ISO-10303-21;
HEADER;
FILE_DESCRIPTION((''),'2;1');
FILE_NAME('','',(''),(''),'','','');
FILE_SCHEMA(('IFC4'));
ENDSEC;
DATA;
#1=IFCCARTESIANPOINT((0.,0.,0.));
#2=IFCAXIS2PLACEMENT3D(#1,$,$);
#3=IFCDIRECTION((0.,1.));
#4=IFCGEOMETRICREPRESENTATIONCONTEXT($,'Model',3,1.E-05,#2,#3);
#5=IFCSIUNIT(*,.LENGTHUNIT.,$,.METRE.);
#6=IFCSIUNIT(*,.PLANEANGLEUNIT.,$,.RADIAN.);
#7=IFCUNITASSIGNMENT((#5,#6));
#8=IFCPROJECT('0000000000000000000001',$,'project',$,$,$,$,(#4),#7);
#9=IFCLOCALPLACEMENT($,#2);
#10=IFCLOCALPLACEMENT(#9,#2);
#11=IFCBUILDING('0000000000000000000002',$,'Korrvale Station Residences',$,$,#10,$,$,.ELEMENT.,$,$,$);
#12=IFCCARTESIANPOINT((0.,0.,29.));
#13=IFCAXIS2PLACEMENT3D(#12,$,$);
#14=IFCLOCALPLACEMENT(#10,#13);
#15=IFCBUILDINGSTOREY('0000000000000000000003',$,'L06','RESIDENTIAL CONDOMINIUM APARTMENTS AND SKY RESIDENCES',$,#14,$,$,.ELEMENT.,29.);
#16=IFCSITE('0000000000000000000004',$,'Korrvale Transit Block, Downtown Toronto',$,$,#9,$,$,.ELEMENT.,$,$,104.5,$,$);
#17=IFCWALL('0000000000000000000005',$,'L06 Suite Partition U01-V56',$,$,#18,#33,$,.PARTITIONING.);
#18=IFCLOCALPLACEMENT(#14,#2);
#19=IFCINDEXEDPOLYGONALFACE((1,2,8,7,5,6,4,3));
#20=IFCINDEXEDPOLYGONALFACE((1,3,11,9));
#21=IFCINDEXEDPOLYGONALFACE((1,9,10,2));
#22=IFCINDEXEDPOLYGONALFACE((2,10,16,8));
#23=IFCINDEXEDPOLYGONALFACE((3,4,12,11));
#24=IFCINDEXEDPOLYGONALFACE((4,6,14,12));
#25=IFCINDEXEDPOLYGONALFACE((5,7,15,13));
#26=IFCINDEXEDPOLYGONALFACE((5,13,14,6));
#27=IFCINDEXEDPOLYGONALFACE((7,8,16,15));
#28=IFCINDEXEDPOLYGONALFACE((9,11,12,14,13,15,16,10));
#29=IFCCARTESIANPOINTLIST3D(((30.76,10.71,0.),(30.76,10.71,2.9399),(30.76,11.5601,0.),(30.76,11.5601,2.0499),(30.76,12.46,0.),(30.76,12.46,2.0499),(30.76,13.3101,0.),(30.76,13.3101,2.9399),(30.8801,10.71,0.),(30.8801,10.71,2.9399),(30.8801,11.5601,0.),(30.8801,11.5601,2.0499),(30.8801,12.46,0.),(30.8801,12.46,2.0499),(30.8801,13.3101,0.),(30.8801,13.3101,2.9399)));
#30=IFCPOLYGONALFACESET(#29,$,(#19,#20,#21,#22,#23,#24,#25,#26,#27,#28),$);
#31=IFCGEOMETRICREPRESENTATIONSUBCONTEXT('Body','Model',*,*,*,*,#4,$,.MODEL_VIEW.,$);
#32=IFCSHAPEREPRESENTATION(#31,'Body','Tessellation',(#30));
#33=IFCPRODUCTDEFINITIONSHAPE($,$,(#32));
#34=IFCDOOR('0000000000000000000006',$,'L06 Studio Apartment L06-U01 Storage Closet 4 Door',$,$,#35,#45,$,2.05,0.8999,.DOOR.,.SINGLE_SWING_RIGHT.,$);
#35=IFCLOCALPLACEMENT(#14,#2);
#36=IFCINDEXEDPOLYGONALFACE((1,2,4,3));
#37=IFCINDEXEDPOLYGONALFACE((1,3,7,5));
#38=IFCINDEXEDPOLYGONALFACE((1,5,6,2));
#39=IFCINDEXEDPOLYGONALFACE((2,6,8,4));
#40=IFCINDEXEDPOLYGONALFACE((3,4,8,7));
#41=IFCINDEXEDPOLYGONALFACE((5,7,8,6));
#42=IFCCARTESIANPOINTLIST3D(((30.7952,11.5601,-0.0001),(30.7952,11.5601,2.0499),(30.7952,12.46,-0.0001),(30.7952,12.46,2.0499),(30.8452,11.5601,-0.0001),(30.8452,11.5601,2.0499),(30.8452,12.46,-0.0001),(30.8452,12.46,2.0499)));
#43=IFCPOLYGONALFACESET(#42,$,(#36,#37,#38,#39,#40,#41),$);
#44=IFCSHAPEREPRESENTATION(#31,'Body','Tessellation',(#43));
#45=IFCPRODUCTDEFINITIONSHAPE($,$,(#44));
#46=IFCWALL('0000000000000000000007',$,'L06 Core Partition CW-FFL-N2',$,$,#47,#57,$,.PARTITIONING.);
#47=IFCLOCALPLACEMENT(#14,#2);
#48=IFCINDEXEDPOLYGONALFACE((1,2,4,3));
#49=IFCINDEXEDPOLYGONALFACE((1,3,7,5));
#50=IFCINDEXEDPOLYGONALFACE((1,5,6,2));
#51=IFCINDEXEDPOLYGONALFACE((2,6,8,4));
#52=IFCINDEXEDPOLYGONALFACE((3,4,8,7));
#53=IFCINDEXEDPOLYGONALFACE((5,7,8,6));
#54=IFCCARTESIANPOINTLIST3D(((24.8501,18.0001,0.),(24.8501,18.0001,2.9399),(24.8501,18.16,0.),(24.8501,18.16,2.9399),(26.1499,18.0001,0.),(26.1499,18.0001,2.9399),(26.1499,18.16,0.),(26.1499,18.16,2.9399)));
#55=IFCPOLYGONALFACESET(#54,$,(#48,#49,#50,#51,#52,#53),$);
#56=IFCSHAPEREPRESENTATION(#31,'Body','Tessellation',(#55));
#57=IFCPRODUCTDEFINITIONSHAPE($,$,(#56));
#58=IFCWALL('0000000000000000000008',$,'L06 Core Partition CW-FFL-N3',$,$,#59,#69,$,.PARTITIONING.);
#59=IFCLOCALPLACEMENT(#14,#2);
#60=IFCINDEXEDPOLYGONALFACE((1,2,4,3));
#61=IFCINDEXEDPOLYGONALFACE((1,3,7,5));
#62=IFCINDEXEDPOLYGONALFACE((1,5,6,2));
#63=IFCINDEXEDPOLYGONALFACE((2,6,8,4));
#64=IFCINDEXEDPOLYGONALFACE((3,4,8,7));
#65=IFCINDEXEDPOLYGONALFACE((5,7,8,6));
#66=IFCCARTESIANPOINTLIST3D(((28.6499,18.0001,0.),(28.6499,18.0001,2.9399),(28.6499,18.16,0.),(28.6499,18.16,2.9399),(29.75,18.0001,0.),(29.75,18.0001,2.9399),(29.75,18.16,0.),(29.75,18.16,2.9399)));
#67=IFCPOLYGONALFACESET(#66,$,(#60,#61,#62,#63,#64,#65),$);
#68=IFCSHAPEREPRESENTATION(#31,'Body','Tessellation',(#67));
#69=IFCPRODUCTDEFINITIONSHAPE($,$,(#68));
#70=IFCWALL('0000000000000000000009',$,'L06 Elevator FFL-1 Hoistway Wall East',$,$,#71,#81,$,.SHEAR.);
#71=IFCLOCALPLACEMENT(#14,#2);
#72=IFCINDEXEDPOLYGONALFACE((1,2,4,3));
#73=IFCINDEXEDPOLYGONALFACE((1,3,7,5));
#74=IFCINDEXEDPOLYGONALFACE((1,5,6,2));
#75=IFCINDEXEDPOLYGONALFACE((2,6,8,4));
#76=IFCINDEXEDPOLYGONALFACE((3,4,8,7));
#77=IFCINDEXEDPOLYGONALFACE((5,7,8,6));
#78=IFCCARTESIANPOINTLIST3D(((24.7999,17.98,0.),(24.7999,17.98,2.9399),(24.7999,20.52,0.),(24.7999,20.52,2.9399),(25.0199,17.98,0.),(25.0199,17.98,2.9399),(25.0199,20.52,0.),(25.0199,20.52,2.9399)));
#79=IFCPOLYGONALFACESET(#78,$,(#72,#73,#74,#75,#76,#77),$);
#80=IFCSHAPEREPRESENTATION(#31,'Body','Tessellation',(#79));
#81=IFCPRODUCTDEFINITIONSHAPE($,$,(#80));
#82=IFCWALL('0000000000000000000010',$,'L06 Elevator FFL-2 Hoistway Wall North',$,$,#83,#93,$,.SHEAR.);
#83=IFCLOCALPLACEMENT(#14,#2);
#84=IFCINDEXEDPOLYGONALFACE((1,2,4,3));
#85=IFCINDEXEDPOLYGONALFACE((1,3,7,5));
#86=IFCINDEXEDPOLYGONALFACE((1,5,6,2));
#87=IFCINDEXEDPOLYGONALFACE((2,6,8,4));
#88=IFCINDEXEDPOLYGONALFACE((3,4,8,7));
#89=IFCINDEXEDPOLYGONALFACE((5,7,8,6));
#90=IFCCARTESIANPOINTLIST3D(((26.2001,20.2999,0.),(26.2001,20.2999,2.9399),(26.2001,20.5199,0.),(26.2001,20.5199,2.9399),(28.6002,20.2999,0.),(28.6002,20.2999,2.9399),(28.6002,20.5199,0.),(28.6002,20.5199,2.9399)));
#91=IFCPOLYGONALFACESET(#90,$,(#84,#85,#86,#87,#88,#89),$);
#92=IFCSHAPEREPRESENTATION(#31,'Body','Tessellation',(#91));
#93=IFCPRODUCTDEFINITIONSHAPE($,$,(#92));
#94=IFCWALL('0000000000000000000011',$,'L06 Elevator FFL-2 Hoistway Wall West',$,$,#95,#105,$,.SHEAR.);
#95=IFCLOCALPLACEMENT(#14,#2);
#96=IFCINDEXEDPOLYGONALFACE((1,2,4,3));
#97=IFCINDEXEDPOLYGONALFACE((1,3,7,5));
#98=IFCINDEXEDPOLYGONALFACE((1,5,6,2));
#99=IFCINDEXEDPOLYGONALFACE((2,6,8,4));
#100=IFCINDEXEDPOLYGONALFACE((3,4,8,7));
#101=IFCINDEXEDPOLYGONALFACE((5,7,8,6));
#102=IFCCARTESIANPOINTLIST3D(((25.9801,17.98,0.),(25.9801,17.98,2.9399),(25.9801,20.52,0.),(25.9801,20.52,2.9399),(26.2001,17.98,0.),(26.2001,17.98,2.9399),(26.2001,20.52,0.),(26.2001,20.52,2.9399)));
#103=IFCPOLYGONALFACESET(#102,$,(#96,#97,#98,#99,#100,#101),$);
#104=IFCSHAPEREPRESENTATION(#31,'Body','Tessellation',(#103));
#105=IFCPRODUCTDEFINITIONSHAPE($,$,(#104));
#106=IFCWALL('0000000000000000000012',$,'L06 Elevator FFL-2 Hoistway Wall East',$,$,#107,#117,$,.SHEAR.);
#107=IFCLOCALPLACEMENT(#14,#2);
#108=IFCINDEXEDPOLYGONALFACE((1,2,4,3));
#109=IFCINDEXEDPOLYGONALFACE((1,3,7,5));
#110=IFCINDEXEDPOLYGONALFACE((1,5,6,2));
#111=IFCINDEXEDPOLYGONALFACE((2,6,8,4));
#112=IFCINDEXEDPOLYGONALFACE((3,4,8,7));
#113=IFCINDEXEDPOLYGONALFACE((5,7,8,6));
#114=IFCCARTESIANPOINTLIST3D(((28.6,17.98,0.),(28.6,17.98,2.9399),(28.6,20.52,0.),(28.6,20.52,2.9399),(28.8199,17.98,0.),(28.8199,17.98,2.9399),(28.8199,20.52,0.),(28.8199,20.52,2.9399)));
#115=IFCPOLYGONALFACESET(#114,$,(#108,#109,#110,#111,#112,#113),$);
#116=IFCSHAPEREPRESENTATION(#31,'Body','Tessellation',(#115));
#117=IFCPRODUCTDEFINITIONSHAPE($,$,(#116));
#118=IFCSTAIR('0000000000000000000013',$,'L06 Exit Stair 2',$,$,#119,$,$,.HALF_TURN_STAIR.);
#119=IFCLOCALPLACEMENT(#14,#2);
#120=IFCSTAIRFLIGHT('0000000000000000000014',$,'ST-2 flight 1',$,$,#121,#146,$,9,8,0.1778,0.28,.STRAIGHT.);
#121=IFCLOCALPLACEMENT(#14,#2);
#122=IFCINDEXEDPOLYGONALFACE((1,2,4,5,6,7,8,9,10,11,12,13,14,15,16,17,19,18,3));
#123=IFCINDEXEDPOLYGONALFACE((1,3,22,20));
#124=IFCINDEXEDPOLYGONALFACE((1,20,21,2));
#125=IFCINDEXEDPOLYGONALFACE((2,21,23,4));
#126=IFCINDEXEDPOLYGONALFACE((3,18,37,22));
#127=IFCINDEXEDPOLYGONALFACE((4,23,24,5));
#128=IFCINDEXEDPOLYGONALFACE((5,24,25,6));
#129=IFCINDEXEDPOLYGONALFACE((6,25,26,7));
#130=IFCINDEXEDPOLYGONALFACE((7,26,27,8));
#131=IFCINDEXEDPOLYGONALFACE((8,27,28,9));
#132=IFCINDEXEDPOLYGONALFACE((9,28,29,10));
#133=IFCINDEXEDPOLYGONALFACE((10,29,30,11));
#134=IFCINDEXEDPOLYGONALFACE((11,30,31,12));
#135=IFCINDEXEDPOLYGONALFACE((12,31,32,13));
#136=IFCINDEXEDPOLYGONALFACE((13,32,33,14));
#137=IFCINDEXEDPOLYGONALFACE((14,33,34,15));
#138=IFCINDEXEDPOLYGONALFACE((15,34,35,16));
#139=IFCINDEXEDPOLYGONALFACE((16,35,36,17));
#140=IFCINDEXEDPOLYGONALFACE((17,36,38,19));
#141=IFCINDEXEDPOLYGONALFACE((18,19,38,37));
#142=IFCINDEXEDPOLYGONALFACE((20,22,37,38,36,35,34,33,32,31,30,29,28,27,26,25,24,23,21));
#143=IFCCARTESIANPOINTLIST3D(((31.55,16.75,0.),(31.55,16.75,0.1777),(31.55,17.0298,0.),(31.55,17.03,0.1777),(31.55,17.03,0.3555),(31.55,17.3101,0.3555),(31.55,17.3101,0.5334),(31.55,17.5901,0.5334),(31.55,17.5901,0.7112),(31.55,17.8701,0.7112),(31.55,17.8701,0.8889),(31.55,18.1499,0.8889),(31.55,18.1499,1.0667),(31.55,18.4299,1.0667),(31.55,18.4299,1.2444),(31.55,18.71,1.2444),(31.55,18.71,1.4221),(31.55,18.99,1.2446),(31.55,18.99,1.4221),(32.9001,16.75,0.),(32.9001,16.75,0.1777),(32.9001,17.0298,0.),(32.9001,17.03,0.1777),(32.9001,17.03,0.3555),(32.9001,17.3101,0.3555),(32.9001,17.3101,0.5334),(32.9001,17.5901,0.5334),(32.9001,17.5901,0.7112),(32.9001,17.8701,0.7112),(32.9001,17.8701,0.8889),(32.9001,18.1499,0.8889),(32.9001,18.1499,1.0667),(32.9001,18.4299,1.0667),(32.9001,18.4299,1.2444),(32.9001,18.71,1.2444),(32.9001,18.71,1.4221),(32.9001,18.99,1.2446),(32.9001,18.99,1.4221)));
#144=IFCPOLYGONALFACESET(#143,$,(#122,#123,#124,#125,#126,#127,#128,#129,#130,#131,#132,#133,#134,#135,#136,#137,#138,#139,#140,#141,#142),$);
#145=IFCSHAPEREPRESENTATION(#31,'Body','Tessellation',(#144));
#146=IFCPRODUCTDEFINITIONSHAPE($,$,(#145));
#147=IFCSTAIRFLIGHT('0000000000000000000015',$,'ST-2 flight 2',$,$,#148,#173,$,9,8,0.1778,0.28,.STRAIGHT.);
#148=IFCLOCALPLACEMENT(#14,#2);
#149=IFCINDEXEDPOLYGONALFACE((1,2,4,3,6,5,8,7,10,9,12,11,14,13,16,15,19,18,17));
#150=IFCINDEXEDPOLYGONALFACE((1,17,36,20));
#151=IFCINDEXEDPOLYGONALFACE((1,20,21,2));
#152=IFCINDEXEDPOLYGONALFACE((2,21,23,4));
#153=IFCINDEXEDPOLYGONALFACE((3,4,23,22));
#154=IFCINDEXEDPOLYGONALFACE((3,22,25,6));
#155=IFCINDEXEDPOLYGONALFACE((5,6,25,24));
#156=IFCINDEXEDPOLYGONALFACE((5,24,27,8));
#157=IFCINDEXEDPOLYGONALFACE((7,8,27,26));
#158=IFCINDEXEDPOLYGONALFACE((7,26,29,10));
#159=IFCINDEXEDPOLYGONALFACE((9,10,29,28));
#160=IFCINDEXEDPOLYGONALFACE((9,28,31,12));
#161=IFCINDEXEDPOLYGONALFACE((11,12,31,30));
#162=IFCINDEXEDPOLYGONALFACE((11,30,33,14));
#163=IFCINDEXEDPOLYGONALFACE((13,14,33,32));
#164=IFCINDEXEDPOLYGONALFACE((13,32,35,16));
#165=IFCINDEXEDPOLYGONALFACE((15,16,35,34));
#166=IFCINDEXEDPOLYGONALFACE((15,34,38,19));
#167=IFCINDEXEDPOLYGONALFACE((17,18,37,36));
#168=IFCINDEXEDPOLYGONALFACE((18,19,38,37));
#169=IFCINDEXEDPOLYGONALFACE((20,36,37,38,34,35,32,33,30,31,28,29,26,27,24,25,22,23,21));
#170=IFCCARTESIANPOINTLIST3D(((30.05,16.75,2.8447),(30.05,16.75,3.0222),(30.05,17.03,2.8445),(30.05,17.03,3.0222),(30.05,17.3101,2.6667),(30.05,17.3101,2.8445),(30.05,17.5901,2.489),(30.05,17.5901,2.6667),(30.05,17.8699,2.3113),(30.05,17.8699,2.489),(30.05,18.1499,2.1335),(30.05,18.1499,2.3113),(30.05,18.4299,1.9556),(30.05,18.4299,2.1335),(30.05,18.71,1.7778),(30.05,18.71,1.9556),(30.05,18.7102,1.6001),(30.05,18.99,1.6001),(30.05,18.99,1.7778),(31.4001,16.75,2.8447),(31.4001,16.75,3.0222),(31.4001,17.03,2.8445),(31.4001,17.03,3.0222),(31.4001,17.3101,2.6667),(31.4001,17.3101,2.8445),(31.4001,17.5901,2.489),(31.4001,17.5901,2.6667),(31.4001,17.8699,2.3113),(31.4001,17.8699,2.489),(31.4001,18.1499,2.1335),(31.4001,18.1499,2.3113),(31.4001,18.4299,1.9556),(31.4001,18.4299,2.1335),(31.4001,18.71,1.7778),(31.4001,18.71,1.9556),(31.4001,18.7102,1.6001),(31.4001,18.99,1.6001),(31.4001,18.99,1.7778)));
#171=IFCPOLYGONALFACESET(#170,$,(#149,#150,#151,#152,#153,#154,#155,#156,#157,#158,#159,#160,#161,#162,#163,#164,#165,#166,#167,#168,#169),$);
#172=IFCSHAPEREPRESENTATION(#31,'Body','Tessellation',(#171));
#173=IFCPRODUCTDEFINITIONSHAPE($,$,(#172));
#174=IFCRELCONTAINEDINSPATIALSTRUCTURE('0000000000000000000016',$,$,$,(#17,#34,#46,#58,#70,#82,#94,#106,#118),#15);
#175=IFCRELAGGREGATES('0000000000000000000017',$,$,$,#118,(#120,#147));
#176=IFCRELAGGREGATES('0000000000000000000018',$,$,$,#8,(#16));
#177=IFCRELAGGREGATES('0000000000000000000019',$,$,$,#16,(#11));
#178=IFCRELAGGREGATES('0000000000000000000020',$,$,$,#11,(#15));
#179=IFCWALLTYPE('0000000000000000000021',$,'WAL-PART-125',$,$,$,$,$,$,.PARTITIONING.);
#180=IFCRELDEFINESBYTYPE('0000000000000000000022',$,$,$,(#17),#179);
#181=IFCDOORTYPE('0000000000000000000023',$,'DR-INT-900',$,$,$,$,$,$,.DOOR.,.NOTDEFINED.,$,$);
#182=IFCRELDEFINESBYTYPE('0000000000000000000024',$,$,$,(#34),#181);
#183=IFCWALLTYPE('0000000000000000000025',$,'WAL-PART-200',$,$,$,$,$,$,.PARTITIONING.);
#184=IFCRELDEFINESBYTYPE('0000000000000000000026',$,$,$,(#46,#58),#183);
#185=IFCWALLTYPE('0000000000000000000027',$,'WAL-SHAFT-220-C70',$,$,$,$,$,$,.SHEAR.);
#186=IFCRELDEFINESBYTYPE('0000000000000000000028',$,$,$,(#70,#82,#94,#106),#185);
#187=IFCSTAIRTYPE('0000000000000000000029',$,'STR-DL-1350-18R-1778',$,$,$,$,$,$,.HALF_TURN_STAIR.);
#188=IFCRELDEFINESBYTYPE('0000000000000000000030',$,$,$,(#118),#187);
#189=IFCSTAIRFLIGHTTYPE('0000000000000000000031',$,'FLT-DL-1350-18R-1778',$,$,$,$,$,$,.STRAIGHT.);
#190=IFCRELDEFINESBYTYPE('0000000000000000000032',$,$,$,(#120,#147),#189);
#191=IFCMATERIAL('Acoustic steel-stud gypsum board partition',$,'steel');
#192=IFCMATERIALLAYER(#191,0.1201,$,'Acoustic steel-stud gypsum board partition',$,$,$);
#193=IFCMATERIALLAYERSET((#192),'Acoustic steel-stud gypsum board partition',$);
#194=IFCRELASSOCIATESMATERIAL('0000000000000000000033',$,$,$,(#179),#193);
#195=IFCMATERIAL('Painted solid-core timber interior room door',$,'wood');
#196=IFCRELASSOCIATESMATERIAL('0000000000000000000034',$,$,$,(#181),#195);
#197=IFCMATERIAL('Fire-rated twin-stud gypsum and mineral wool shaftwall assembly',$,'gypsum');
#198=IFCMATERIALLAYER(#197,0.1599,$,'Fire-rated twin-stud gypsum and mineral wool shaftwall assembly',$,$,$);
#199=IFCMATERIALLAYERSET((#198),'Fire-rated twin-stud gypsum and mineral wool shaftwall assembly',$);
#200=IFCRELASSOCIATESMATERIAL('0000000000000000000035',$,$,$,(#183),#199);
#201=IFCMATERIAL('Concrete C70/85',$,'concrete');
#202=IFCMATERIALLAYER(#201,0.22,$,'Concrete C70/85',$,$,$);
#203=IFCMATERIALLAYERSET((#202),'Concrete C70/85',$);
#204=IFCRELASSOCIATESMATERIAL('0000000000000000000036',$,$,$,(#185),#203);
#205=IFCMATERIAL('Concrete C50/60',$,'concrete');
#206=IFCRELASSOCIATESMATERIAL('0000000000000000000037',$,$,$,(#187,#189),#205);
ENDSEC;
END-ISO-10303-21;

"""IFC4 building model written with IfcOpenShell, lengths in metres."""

from ifc_helpers import new_model, si_unit, direction, frame, frame_2d, origin, place, context, subcontext, project, spatial, polyline, rectangle, outline, extrude, material, layer, layer_set, type_object, element, fill, aggregate, save


model = new_model("IFC4")

# Units and contexts
model_context = context("Model", 3, precision=1e-05, world=origin(), true_north=direction((0.0, 1.0)))
body_context = subcontext(model_context, "Body", "Model", "MODEL_VIEW")
ifc_project = project(units=[si_unit("LENGTHUNIT", "METRE"), si_unit("PLANEANGLEUNIT", "RADIAN")], contexts=[model_context])

# Site, building, storey
site_placement = place(None, origin())
site = spatial("IfcSite", under=ifc_project, at=site_placement, Name="Korrvale Transit Block, Downtown Toronto", CompositionType="ELEMENT", RefElevation=104.5)
building_placement = place(site_placement, origin())
building = spatial("IfcBuilding", under=site, at=building_placement, Name="Korrvale Station Residences", CompositionType="ELEMENT")
storey_placement = place(building_placement, frame((0.0, 0.0, 29.0)))
storey = spatial("IfcBuildingStorey", under=building, at=storey_placement, Name="L06", Description="RESIDENTIAL CONDOMINIUM APARTMENTS AND SKY RESIDENCES", CompositionType="ELEMENT", Elevation=29.0)

# Shared definitions
ifc_material_1 = material(Name="Concrete C70/85", Category="concrete")

# Wall, opening, door
ifc_material_2 = material(Name="Acoustic steel-stud gypsum board partition", Category="steel")
ifc_layer_1 = layer(ifc_material_2, 0.1201, Name="Acoustic steel-stud gypsum board partition")
ifc_layer_set_1 = layer_set([ifc_layer_1], Name="Acoustic steel-stud gypsum board partition")
wall_type_1 = type_object("IfcWallType", Name="WAL-PART-125", PredefinedType="PARTITIONING", material=ifc_layer_set_1)
ifc_material_3 = material(Name="Painted solid-core timber interior room door", Category="wood")
door_type_1 = type_object("IfcDoorType", Name="DR-INT-900", OperationType="NOTDEFINED", PredefinedType="DOOR", material=ifc_material_3)
wall_1_placement = place(storey_placement, frame((30.8201, 10.71, 0.0), z_axis=(0.0, 0.0, 1.0), x_axis=(0.0, 1.0, 0.0)))
wall_1 = element("IfcWall", 1, at=wall_1_placement, inside=storey, type_object=wall_type_1, Name="L06 Suite Partition U01-V56", PredefinedType="PARTITIONING", context=body_context, shape_type="SweptSolid", body=[
    extrude(rectangle(XDim=2.6001, YDim=0.1201, at=frame_2d((1.3, 0.0))), origin(), (0.0, 0.0, 1.0), 2.9399),
])
opening_1_placement = place(wall_1_placement, frame((0.8501, 0.0, 0.0)))
opening_1 = element("IfcOpeningElement", 2, at=opening_1_placement, cuts=wall_1, PredefinedType="OPENING", context=body_context, shape_type="SweptSolid", body=[
    extrude(rectangle(XDim=0.8999, YDim=2.05, at=frame_2d((0.45, 1.0249))), frame((0.0, 0.0701, 0.0), z_axis=(0.0, -1.0, 0.0), x_axis=(1.0, 0.0, 0.0)), (0.0, 0.0, 1.0), 0.1401),
])
door_1_placement = place(opening_1_placement, origin())
door_1 = element("IfcDoor", 3, at=door_1_placement, inside=storey, type_object=door_type_1, Name="L06 Studio Apartment L06-U01 Storage Closet 4 Door", OperationType="SINGLE_SWING_RIGHT", OverallHeight=2.05, OverallWidth=0.8999, PredefinedType="DOOR", context=body_context, shape_type="SweptSolid", body=[
    extrude(rectangle(XDim=0.8999, YDim=2.05, at=frame_2d((0.45, 1.0249))), frame((0.0, 0.0249, 0.0), z_axis=(0.0, -1.0, 0.0), x_axis=(1.0, 0.0, 0.0)), (0.0, 0.0, 1.0), 0.05),
])
fill(opening_1, door_1)

# Walls
ifc_material_4 = material(Name="Fire-rated twin-stud gypsum and mineral wool shaftwall assembly", Category="gypsum")
ifc_layer_2 = layer(ifc_material_4, 0.1599, Name="Fire-rated twin-stud gypsum and mineral wool shaftwall assembly")
ifc_layer_set_2 = layer_set([ifc_layer_2], Name="Fire-rated twin-stud gypsum and mineral wool shaftwall assembly")
wall_type_2 = type_object("IfcWallType", Name="WAL-PART-200", PredefinedType="PARTITIONING", material=ifc_layer_set_2)
wall_2_placement = place(storey_placement, frame((24.8501, 18.0801, 0.0), z_axis=(0.0, 0.0, 1.0), x_axis=(1.0, 0.0, 0.0)))
element("IfcWall", 4, at=wall_2_placement, inside=storey, type_object=wall_type_2, Name="L06 Core Partition CW-FFL-N2", PredefinedType="PARTITIONING", context=body_context, shape_type="SweptSolid", body=[
    extrude(rectangle(XDim=1.2998, YDim=0.1599, at=frame_2d((0.6499, 0.0))), origin(), (0.0, 0.0, 1.0), 2.9399),
])
wall_3_placement = place(storey_placement, frame((28.6499, 18.0801, 0.0), z_axis=(0.0, 0.0, 1.0), x_axis=(1.0, 0.0, 0.0)))
element("IfcWall", 5, at=wall_3_placement, inside=storey, type_object=wall_type_2, Name="L06 Core Partition CW-FFL-N3", PredefinedType="PARTITIONING", context=body_context, shape_type="SweptSolid", body=[
    extrude(rectangle(XDim=1.1001, YDim=0.1599, at=frame_2d((0.55, 0.0))), origin(), (0.0, 0.0, 1.0), 2.9399),
])
ifc_layer_3 = layer(ifc_material_1, 0.22, Name="Concrete C70/85")
ifc_layer_set_3 = layer_set([ifc_layer_3], Name="Concrete C70/85")
wall_type_3 = type_object("IfcWallType", Name="WAL-SHAFT-220-C70", PredefinedType="SHEAR", material=ifc_layer_set_3)
wall_4_placement = place(storey_placement, frame((24.9099, 17.98, 0.0), z_axis=(0.0, 0.0, 1.0), x_axis=(0.0, 1.0, 0.0)))
element("IfcWall", 6, at=wall_4_placement, inside=storey, type_object=wall_type_3, Name="L06 Elevator FFL-1 Hoistway Wall East", PredefinedType="SHEAR", context=body_context, shape_type="SweptSolid", body=[
    extrude(rectangle(XDim=2.54, YDim=0.22, at=frame_2d((1.27, 0.0))), origin(), (0.0, 0.0, 1.0), 2.9399),
])

# Walls
wall_5_placement = place(storey_placement, frame((26.2, 20.4099, 0.0), z_axis=(0.0, 0.0, 1.0), x_axis=(1.0, 0.0, 0.0)))
element("IfcWall", 7, at=wall_5_placement, inside=storey, type_object=wall_type_3, Name="L06 Elevator FFL-2 Hoistway Wall North", PredefinedType="SHEAR", context=body_context, shape_type="SweptSolid", body=[
    extrude(rectangle(XDim=2.4001, YDim=0.22, at=frame_2d((1.2002, 0.0))), origin(), (0.0, 0.0, 1.0), 2.9399),
])
for number, where, z_axis, x_axis, name in (
    (8, (26.0901, 17.98, 0.0), (0.0, 0.0, 1.0), (0.0, 1.0, 0.0), "L06 Elevator FFL-2 Hoistway Wall West"),
    (9, (28.71, 17.98, 0.0), (0.0, 0.0, 1.0), (0.0, 1.0, 0.0), "L06 Elevator FFL-2 Hoistway Wall East"),
):
    element("IfcWall", number, at=place(storey_placement, frame(where, z_axis=z_axis, x_axis=x_axis)), inside=storey, type_object=wall_type_3, Name=name, PredefinedType="SHEAR", context=body_context, shape_type="SweptSolid", body=[
        extrude(rectangle(XDim=2.54, YDim=0.22, at=frame_2d((1.27, 0.0))), origin(), (0.0, 0.0, 1.0), 2.9399),
    ])

# Stair, stair flights
ifc_material_5 = material(Name="Concrete C50/60", Category="concrete")
stair_type = type_object("IfcStairType", Name="STR-DL-1350-18R-1778", PredefinedType="HALF_TURN_STAIR", material=ifc_material_5)
stair_placement = place(storey_placement, origin())
stair = element("IfcStair", 10, at=stair_placement, inside=storey, type_object=stair_type, Name="L06 Exit Stair 2", PredefinedType="HALF_TURN_STAIR")
stair_flight_type = type_object("IfcStairFlightType", Name="FLT-DL-1350-18R-1778", PredefinedType="STRAIGHT", material=ifc_material_5)
stair_flight_1_placement = place(storey_placement, frame((32.2251, 16.75, 0.0), z_axis=(0.0, 0.0, 1.0), x_axis=(0.0, 1.0, 0.0)))
stair_flight_1 = element("IfcStairFlight", 11, at=stair_flight_1_placement, type_object=stair_flight_type, Name="ST-2 flight 1", NumberOfRisers=9, NumberOfTreads=8, PredefinedType="STRAIGHT", RiserHeight=0.1778, TreadLength=0.28, context=body_context, shape_type="SweptSolid", body=[
    extrude(outline(polyline([(0.0, 0.0), (0.0, 0.1777), (0.28, 0.1777), (0.28, 0.3555), (0.5601, 0.3555), (0.5601, 0.5334), (0.8401, 0.5334), (0.8401, 0.7112), (1.1201, 0.7112), (1.1201, 0.8889), (1.3999, 0.8889), (1.3999, 1.0667), (1.6799, 1.0667), (1.6799, 1.2444), (1.96, 1.2444), (1.96, 1.4221), (2.24, 1.4221), (2.24, 1.6001), (2.24, 1.2446), (0.2798, 0.0), (0.0, 0.0)])), frame((0.0, 0.675, 0.0), z_axis=(0.0, -1.0, 0.0), x_axis=(1.0, 0.0, 0.0)), (0.0, 0.0, 1.0), 1.3501),
])
stair_flight_2_placement = place(storey_placement, frame((30.7251, 18.99, 1.6001), z_axis=(0.0, 0.0, 1.0), x_axis=(0.0, -1.0, 0.0)))
stair_flight_2 = element("IfcStairFlight", 12, at=stair_flight_2_placement, type_object=stair_flight_type, Name="ST-2 flight 2", NumberOfRisers=9, NumberOfTreads=8, PredefinedType="STRAIGHT", RiserHeight=0.1778, TreadLength=0.28, context=body_context, shape_type="SweptSolid", body=[
    extrude(outline(polyline([(0.0, 0.0), (0.0, 0.1777), (0.28, 0.1777), (0.28, 0.3555), (0.5601, 0.3555), (0.5601, 0.5334), (0.8401, 0.5334), (0.8401, 0.7112), (1.1201, 0.7112), (1.1201, 0.8889), (1.3999, 0.8889), (1.3999, 1.0667), (1.6799, 1.0667), (1.6799, 1.2444), (1.96, 1.2444), (1.96, 1.4221), (2.24, 1.4221), (2.24, 1.6001), (2.24, 1.2446), (0.2798, 0.0), (0.0, 0.0)])), frame((0.0, 0.675, 0.0), z_axis=(0.0, -1.0, 0.0), x_axis=(1.0, 0.0, 0.0)), (0.0, 0.0, 1.0), 1.3501),
])
aggregate(stair, [stair_flight_1, stair_flight_2])

save(model, "model.ifc")
